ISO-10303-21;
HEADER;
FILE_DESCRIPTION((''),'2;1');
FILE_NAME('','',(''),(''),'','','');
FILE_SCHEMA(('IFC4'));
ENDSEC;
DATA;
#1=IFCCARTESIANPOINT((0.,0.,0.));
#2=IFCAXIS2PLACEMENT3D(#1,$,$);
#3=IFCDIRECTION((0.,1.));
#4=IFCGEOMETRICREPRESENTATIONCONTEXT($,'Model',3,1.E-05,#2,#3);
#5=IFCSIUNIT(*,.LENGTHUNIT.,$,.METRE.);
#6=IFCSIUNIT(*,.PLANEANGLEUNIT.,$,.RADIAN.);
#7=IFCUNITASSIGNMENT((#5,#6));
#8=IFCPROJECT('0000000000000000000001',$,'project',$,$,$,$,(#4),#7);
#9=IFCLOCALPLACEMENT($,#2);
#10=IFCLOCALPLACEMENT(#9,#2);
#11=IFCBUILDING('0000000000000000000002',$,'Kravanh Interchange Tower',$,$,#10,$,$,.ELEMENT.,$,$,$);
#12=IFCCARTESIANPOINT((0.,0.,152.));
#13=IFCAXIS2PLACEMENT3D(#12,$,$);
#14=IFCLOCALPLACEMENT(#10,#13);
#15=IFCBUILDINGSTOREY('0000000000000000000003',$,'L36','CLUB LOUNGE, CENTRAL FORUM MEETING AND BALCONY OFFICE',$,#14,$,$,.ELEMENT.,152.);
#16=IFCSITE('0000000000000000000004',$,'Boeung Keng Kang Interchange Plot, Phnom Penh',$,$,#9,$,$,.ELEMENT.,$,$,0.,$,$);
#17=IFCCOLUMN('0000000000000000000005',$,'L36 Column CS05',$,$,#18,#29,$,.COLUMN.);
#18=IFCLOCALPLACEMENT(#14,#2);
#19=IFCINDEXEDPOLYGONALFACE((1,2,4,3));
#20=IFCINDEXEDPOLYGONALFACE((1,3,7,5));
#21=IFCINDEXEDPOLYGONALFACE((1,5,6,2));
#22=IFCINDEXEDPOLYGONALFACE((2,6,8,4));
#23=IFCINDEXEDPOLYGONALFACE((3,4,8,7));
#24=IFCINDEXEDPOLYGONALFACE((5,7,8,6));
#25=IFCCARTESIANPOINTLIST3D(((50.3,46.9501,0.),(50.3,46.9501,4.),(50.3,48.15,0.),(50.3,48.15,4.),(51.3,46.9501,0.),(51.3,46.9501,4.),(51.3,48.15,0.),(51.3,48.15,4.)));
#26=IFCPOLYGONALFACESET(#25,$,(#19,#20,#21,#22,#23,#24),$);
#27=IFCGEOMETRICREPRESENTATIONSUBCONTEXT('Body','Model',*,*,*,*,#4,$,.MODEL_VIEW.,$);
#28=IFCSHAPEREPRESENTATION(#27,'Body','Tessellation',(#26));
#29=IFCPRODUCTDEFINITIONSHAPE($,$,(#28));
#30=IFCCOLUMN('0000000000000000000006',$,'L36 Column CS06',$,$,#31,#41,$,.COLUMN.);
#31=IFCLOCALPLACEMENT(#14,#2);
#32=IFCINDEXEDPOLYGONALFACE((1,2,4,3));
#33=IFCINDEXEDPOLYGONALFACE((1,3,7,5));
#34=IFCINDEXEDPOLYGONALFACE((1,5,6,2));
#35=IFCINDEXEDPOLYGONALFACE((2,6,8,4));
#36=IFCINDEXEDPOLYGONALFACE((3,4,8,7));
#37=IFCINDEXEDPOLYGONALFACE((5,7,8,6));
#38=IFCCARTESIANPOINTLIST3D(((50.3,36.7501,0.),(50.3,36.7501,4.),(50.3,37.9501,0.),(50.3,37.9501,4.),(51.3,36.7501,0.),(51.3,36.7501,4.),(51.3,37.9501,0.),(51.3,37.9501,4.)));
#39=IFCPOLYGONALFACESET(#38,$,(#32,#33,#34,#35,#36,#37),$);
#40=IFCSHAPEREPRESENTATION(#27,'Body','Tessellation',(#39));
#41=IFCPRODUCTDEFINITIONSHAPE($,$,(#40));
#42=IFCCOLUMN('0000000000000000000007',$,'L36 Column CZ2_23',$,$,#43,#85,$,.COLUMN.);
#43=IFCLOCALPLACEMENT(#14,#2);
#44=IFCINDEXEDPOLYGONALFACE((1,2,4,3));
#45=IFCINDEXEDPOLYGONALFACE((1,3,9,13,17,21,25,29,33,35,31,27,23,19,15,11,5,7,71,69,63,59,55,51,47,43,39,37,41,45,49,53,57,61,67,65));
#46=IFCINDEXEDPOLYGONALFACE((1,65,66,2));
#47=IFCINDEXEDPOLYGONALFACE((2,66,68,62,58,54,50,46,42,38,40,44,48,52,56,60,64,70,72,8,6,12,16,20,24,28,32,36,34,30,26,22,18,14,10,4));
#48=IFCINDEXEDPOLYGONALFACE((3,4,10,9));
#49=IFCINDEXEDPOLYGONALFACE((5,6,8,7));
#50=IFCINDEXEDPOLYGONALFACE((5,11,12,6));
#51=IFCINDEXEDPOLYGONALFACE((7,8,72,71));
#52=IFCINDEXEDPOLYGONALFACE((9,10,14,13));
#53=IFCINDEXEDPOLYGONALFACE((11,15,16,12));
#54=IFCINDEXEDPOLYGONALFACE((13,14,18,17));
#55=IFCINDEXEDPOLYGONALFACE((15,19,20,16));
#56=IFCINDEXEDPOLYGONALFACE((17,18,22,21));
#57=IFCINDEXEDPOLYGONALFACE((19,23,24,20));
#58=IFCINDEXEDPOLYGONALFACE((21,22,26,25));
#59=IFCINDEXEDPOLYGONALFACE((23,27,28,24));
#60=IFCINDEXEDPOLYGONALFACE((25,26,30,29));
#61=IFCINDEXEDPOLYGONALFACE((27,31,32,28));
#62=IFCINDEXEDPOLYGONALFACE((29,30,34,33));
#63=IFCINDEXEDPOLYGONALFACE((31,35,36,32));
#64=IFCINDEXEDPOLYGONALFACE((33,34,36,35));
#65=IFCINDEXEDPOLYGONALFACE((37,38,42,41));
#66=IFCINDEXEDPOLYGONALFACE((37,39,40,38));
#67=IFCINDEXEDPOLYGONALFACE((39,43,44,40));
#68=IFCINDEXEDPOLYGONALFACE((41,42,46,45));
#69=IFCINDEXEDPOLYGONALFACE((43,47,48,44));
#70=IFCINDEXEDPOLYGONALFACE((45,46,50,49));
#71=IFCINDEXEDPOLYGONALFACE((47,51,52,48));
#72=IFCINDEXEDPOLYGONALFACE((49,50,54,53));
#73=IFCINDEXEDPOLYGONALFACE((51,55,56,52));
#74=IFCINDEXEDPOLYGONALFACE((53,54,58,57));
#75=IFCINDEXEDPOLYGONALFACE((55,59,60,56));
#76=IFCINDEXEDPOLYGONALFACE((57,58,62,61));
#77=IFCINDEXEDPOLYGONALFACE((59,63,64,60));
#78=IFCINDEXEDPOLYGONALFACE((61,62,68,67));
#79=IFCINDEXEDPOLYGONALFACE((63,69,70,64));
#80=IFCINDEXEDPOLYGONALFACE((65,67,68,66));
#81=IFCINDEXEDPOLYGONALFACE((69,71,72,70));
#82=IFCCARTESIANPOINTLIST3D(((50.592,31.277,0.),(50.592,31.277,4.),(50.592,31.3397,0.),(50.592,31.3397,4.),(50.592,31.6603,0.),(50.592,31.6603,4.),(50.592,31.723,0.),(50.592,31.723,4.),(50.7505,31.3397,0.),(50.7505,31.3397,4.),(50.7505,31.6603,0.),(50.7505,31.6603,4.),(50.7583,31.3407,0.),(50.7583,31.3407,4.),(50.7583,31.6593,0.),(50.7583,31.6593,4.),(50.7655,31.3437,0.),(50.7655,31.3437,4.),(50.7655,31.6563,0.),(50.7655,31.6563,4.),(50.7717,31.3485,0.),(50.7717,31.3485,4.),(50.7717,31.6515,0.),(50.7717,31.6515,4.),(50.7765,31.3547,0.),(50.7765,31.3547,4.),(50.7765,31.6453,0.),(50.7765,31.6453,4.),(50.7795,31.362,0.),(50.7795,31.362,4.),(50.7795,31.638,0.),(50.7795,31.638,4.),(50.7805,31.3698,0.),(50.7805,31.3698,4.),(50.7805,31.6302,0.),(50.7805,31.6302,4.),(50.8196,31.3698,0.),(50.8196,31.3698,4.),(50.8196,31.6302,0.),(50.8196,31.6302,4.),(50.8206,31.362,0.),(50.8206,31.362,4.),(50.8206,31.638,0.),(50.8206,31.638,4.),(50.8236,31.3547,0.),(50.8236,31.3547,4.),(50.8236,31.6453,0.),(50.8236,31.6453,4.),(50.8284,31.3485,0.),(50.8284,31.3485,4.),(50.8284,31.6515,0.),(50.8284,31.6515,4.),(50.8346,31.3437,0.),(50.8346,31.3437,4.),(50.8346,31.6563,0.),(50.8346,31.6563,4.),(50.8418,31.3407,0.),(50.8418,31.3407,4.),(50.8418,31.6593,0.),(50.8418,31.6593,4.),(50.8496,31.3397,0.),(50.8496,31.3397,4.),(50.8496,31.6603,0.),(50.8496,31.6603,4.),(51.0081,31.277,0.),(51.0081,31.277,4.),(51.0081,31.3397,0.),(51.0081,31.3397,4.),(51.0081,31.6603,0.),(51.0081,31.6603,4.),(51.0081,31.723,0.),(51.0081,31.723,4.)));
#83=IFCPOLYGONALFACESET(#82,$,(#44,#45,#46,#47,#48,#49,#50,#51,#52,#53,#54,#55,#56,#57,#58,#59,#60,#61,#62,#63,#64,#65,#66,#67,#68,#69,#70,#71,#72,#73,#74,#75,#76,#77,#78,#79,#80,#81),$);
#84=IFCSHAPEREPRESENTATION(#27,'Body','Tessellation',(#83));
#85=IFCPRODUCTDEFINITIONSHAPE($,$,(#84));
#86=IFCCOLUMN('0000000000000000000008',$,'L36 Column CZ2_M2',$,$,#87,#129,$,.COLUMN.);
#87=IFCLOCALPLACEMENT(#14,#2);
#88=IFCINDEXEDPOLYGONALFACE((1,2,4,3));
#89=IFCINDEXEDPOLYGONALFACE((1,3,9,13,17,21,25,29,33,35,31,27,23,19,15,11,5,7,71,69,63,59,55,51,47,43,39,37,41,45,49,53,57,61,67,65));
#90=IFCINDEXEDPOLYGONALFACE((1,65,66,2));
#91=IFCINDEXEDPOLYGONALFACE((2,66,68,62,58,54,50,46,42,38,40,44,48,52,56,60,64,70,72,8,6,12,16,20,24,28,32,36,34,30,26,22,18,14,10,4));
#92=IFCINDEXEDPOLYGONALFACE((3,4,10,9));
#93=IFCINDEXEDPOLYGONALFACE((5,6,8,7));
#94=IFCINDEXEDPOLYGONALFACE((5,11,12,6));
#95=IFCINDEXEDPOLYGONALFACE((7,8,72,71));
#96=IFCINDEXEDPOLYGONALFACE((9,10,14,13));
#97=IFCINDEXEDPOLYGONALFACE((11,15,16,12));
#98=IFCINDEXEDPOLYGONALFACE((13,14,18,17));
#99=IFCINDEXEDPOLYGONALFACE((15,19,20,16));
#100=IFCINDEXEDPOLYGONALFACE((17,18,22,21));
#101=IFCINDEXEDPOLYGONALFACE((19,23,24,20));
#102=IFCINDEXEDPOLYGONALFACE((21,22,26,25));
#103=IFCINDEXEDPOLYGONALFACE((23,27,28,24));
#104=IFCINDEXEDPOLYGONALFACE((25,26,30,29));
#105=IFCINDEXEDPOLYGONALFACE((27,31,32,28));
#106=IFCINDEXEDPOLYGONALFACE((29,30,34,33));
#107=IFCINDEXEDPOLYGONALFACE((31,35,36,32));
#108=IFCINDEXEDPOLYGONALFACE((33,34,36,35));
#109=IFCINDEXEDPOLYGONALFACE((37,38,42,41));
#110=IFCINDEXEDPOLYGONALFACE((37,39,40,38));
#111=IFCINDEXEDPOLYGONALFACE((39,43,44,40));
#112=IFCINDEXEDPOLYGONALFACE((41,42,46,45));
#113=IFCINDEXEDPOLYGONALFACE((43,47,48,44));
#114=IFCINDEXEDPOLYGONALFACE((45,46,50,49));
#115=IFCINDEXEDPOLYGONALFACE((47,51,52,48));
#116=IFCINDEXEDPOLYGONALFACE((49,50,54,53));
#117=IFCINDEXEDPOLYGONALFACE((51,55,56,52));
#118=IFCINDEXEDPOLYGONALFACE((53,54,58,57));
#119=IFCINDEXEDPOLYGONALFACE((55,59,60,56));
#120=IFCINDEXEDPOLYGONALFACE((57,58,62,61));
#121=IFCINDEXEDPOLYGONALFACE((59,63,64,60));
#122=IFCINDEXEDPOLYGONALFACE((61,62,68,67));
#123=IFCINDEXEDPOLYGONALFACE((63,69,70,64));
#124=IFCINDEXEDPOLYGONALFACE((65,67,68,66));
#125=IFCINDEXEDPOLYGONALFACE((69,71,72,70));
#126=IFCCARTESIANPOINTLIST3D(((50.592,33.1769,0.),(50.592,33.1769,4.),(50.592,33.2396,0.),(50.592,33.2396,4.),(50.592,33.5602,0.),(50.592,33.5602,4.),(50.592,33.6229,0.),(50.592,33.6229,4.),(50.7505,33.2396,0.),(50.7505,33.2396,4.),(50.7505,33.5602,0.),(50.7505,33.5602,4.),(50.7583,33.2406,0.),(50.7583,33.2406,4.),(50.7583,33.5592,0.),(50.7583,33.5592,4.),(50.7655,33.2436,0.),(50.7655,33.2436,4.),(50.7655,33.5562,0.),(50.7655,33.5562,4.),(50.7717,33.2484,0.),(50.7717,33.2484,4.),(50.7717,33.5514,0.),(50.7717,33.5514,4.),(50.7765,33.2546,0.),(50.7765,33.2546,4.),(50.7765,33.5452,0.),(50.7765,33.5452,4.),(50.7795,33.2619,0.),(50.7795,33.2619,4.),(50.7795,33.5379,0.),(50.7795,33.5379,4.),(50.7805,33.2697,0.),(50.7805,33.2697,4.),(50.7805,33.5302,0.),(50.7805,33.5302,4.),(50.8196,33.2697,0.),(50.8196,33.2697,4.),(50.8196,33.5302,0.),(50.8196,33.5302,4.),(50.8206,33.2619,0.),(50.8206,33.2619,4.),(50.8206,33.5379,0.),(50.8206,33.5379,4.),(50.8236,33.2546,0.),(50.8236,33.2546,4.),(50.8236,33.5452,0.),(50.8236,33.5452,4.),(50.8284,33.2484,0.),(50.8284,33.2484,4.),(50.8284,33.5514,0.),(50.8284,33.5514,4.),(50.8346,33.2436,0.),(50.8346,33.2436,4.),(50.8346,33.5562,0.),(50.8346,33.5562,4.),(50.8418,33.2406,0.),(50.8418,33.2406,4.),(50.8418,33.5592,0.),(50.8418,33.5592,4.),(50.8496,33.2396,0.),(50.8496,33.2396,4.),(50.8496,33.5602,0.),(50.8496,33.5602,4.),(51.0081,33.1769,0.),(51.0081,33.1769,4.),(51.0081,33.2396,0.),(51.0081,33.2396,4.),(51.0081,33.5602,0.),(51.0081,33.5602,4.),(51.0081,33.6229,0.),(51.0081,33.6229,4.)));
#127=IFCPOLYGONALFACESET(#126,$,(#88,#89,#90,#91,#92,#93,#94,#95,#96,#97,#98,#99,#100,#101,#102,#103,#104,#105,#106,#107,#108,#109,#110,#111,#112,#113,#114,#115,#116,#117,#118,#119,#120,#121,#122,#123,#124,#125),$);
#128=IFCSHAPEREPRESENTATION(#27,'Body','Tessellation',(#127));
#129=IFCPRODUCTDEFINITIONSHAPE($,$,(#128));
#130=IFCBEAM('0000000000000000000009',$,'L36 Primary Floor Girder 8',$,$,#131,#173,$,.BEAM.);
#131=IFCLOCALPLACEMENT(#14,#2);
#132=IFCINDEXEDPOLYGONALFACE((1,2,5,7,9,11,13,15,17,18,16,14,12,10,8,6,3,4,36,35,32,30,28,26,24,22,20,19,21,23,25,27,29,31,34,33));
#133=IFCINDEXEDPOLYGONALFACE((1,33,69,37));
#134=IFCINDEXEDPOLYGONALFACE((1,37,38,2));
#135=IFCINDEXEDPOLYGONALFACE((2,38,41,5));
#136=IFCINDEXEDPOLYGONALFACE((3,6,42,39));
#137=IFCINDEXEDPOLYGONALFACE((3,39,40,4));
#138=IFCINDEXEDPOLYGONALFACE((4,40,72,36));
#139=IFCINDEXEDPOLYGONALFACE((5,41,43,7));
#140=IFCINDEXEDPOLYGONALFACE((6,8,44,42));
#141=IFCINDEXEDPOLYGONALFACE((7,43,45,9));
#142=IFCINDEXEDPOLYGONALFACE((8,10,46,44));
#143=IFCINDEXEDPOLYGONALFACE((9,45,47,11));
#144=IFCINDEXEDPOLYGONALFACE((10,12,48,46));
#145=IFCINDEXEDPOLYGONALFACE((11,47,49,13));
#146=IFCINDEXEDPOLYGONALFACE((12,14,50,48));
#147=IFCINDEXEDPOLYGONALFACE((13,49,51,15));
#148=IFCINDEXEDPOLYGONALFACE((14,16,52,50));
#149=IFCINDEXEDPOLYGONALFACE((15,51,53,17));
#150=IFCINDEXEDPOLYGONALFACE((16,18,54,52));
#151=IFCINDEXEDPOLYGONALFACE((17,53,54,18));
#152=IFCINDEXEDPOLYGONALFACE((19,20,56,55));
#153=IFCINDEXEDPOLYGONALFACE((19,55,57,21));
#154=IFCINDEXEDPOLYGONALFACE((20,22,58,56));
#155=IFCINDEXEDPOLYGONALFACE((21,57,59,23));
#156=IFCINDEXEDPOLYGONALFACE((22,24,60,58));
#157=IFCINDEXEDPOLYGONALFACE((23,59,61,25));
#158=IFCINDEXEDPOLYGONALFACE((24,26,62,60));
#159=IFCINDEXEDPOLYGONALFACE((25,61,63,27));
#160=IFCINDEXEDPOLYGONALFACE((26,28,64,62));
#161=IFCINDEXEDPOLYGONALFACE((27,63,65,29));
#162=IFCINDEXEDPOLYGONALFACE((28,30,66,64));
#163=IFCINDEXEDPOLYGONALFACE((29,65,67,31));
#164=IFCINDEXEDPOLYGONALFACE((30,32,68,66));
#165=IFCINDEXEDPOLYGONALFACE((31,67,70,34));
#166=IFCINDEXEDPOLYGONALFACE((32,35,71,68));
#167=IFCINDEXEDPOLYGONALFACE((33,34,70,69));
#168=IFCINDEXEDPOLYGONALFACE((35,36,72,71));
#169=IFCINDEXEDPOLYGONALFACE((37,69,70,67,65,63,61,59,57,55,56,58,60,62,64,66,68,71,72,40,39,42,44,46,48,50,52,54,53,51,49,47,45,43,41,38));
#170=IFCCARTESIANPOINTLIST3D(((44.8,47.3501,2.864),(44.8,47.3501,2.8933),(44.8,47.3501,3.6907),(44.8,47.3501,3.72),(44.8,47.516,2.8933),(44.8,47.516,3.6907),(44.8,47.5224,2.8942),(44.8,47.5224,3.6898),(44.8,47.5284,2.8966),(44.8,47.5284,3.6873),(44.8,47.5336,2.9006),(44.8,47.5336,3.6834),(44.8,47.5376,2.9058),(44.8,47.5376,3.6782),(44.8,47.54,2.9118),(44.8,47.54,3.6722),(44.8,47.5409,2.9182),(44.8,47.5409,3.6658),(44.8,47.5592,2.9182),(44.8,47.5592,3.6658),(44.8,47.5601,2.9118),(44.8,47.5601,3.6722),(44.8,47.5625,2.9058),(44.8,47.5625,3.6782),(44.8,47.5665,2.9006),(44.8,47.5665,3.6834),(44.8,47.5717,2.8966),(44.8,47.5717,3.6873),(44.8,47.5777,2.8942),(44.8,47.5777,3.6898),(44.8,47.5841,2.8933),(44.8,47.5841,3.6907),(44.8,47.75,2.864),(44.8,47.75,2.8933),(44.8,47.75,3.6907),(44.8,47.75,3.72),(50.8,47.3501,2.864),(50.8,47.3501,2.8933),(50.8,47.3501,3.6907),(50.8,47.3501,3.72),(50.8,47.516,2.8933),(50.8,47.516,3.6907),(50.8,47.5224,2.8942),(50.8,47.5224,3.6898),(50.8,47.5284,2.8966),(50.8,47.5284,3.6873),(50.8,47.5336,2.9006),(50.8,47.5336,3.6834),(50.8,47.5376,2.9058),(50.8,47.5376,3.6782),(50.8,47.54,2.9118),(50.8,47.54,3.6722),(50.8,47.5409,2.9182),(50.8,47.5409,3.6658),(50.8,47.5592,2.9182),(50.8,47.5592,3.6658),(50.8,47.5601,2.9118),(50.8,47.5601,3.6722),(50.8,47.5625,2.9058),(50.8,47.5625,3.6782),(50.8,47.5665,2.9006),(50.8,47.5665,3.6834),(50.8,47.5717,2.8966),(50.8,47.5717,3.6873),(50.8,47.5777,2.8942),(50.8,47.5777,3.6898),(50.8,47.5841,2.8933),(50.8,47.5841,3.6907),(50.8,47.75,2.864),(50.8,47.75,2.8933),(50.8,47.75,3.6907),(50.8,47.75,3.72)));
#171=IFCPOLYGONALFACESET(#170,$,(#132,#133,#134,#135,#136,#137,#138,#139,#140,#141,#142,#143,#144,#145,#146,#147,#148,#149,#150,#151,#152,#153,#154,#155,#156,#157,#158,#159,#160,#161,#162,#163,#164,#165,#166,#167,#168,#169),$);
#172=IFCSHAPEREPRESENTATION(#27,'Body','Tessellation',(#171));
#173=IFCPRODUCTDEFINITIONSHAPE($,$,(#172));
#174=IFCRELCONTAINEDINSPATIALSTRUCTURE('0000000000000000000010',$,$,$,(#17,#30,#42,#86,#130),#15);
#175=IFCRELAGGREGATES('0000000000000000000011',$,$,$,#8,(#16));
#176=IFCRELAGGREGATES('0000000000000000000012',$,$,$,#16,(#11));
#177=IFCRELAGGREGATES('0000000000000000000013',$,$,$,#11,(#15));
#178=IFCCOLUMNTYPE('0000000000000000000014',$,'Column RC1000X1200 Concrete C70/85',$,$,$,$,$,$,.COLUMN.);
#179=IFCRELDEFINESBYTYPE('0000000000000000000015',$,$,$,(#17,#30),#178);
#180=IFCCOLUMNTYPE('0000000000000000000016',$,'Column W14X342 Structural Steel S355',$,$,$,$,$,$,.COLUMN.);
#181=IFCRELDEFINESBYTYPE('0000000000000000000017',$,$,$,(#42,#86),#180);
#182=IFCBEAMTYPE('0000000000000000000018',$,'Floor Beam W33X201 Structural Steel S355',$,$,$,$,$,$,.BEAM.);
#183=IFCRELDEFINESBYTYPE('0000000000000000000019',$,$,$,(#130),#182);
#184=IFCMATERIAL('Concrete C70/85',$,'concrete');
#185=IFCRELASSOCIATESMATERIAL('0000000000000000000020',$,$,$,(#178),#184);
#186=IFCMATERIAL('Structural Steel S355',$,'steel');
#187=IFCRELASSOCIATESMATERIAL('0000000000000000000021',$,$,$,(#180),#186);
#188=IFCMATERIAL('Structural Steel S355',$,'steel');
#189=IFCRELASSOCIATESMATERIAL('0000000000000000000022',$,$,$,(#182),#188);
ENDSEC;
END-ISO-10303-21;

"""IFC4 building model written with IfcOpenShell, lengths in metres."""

from ifc_helpers import new_model, si_unit, direction, frame, origin, origin_2d, place, context, subcontext, project, spatial, rectangle, i_section, extrude, material, material_profile, profile_set, type_object, element, save


model = new_model("IFC4")

# Units and contexts
model_context = context("Model", 3, precision=1e-05, world=origin(), true_north=direction((0.0, 1.0)))
body_context = subcontext(model_context, "Body", "Model", "MODEL_VIEW")
ifc_project = project(units=[si_unit("LENGTHUNIT", "METRE"), si_unit("PLANEANGLEUNIT", "RADIAN")], contexts=[model_context])

# Site, building, storey
site_placement = place(None, origin())
site = spatial("IfcSite", under=ifc_project, at=site_placement, Name="Boeung Keng Kang Interchange Plot, Phnom Penh", CompositionType="ELEMENT", RefElevation=0.0)
building_placement = place(site_placement, origin())
building = spatial("IfcBuilding", under=site, at=building_placement, Name="Kravanh Interchange Tower", CompositionType="ELEMENT")
storey_placement = place(building_placement, frame((0.0, 0.0, 152.0)))
storey = spatial("IfcBuildingStorey", under=building, at=storey_placement, Name="L36", Description="CLUB LOUNGE, CENTRAL FORUM MEETING AND BALCONY OFFICE", CompositionType="ELEMENT", Elevation=152.0)

# Columns
ifc_material_1 = material(Name="Concrete C70/85", Category="concrete")
ifc_material_profile_1 = material_profile(ifc_material_1, rectangle(XDim=1.0, YDim=1.2, at=origin_2d()), Name="RC1000X1200")
ifc_profile_set_1 = profile_set([ifc_material_profile_1], Name="Concrete C70/85")
column_type_1 = type_object("IfcColumnType", Name="Column RC1000X1200 Concrete C70/85", PredefinedType="COLUMN", material=ifc_profile_set_1)
for number, where, z_axis, x_axis, name in (
    (1, (50.8, 47.55, 0.0), (0.0, 0.0, 1.0), (1.0, 0.0, 0.0), "L36 Column CS05"),
    (2, (50.8, 37.3501, 0.0), (0.0, 0.0, 1.0), (1.0, 0.0, 0.0), "L36 Column CS06"),
):
    element("IfcColumn", number, at=place(storey_placement, frame(where, z_axis=z_axis, x_axis=x_axis)), inside=storey, type_object=column_type_1, Name=name, PredefinedType="COLUMN", context=body_context, shape_type="SweptSolid", body=[
        extrude(rectangle(XDim=1.0, YDim=1.2, at=origin_2d()), origin(), (0.0, 0.0, 1.0), 4.0),
    ])
ifc_material_2 = material(Name="Structural Steel S355", Category="steel")
ifc_material_profile_2 = material_profile(ifc_material_2, i_section(OverallWidth=0.416, OverallDepth=0.446, WebThickness=0.0391, FlangeThickness=0.0627, FilletRadius=0.03, at=origin_2d()), Name="W14X342")
ifc_profile_set_2 = profile_set([ifc_material_profile_2], Name="Structural Steel S355")
column_type_2 = type_object("IfcColumnType", Name="Column W14X342 Structural Steel S355", PredefinedType="COLUMN", material=ifc_profile_set_2)
for number, where, z_axis, x_axis, name in (
    (3, (50.8, 31.5, 0.0), (0.0, 0.0, 1.0), (1.0, 0.0, 0.0), "L36 Column CZ2_23"),
    (4, (50.8, 33.3999, 0.0), (0.0, 0.0, 1.0), (1.0, 0.0, 0.0), "L36 Column CZ2_M2"),
):
    element("IfcColumn", number, at=place(storey_placement, frame(where, z_axis=z_axis, x_axis=x_axis)), inside=storey, type_object=column_type_2, Name=name, PredefinedType="COLUMN", context=body_context, shape_type="SweptSolid", body=[
        extrude(i_section(OverallWidth=0.416, OverallDepth=0.446, WebThickness=0.0391, FlangeThickness=0.0627, FilletRadius=0.03, at=origin_2d()), origin(), (0.0, 0.0, 1.0), 4.0),
    ])

# Beam
ifc_material_3 = material(Name="Structural Steel S355", Category="steel")
ifc_material_profile_3 = material_profile(ifc_material_3, i_section(OverallWidth=0.3999, OverallDepth=0.856, WebThickness=0.0183, FlangeThickness=0.0293, FilletRadius=0.0249, at=origin_2d()), Name="W33X201")
ifc_profile_set_3 = profile_set([ifc_material_profile_3], Name="Structural Steel S355")
beam_type_1 = type_object("IfcBeamType", Name="Floor Beam W33X201 Structural Steel S355", PredefinedType="BEAM", material=ifc_profile_set_3)
beam_1_placement = place(storey_placement, frame((50.8, 47.55, 3.292), z_axis=(-1.0, 0.0, 0.0), x_axis=(0.0, -1.0, 0.0)))
element("IfcBeam", 5, at=beam_1_placement, inside=storey, type_object=beam_type_1, Name="L36 Primary Floor Girder 8", PredefinedType="BEAM", context=body_context, shape_type="SweptSolid", body=[
    extrude(i_section(OverallWidth=0.3999, OverallDepth=0.856, WebThickness=0.0183, FlangeThickness=0.0293, FilletRadius=0.0249, at=origin_2d()), origin(), (0.0, 0.0, 1.0), 6.0),
])

save(model, "model.ifc")
